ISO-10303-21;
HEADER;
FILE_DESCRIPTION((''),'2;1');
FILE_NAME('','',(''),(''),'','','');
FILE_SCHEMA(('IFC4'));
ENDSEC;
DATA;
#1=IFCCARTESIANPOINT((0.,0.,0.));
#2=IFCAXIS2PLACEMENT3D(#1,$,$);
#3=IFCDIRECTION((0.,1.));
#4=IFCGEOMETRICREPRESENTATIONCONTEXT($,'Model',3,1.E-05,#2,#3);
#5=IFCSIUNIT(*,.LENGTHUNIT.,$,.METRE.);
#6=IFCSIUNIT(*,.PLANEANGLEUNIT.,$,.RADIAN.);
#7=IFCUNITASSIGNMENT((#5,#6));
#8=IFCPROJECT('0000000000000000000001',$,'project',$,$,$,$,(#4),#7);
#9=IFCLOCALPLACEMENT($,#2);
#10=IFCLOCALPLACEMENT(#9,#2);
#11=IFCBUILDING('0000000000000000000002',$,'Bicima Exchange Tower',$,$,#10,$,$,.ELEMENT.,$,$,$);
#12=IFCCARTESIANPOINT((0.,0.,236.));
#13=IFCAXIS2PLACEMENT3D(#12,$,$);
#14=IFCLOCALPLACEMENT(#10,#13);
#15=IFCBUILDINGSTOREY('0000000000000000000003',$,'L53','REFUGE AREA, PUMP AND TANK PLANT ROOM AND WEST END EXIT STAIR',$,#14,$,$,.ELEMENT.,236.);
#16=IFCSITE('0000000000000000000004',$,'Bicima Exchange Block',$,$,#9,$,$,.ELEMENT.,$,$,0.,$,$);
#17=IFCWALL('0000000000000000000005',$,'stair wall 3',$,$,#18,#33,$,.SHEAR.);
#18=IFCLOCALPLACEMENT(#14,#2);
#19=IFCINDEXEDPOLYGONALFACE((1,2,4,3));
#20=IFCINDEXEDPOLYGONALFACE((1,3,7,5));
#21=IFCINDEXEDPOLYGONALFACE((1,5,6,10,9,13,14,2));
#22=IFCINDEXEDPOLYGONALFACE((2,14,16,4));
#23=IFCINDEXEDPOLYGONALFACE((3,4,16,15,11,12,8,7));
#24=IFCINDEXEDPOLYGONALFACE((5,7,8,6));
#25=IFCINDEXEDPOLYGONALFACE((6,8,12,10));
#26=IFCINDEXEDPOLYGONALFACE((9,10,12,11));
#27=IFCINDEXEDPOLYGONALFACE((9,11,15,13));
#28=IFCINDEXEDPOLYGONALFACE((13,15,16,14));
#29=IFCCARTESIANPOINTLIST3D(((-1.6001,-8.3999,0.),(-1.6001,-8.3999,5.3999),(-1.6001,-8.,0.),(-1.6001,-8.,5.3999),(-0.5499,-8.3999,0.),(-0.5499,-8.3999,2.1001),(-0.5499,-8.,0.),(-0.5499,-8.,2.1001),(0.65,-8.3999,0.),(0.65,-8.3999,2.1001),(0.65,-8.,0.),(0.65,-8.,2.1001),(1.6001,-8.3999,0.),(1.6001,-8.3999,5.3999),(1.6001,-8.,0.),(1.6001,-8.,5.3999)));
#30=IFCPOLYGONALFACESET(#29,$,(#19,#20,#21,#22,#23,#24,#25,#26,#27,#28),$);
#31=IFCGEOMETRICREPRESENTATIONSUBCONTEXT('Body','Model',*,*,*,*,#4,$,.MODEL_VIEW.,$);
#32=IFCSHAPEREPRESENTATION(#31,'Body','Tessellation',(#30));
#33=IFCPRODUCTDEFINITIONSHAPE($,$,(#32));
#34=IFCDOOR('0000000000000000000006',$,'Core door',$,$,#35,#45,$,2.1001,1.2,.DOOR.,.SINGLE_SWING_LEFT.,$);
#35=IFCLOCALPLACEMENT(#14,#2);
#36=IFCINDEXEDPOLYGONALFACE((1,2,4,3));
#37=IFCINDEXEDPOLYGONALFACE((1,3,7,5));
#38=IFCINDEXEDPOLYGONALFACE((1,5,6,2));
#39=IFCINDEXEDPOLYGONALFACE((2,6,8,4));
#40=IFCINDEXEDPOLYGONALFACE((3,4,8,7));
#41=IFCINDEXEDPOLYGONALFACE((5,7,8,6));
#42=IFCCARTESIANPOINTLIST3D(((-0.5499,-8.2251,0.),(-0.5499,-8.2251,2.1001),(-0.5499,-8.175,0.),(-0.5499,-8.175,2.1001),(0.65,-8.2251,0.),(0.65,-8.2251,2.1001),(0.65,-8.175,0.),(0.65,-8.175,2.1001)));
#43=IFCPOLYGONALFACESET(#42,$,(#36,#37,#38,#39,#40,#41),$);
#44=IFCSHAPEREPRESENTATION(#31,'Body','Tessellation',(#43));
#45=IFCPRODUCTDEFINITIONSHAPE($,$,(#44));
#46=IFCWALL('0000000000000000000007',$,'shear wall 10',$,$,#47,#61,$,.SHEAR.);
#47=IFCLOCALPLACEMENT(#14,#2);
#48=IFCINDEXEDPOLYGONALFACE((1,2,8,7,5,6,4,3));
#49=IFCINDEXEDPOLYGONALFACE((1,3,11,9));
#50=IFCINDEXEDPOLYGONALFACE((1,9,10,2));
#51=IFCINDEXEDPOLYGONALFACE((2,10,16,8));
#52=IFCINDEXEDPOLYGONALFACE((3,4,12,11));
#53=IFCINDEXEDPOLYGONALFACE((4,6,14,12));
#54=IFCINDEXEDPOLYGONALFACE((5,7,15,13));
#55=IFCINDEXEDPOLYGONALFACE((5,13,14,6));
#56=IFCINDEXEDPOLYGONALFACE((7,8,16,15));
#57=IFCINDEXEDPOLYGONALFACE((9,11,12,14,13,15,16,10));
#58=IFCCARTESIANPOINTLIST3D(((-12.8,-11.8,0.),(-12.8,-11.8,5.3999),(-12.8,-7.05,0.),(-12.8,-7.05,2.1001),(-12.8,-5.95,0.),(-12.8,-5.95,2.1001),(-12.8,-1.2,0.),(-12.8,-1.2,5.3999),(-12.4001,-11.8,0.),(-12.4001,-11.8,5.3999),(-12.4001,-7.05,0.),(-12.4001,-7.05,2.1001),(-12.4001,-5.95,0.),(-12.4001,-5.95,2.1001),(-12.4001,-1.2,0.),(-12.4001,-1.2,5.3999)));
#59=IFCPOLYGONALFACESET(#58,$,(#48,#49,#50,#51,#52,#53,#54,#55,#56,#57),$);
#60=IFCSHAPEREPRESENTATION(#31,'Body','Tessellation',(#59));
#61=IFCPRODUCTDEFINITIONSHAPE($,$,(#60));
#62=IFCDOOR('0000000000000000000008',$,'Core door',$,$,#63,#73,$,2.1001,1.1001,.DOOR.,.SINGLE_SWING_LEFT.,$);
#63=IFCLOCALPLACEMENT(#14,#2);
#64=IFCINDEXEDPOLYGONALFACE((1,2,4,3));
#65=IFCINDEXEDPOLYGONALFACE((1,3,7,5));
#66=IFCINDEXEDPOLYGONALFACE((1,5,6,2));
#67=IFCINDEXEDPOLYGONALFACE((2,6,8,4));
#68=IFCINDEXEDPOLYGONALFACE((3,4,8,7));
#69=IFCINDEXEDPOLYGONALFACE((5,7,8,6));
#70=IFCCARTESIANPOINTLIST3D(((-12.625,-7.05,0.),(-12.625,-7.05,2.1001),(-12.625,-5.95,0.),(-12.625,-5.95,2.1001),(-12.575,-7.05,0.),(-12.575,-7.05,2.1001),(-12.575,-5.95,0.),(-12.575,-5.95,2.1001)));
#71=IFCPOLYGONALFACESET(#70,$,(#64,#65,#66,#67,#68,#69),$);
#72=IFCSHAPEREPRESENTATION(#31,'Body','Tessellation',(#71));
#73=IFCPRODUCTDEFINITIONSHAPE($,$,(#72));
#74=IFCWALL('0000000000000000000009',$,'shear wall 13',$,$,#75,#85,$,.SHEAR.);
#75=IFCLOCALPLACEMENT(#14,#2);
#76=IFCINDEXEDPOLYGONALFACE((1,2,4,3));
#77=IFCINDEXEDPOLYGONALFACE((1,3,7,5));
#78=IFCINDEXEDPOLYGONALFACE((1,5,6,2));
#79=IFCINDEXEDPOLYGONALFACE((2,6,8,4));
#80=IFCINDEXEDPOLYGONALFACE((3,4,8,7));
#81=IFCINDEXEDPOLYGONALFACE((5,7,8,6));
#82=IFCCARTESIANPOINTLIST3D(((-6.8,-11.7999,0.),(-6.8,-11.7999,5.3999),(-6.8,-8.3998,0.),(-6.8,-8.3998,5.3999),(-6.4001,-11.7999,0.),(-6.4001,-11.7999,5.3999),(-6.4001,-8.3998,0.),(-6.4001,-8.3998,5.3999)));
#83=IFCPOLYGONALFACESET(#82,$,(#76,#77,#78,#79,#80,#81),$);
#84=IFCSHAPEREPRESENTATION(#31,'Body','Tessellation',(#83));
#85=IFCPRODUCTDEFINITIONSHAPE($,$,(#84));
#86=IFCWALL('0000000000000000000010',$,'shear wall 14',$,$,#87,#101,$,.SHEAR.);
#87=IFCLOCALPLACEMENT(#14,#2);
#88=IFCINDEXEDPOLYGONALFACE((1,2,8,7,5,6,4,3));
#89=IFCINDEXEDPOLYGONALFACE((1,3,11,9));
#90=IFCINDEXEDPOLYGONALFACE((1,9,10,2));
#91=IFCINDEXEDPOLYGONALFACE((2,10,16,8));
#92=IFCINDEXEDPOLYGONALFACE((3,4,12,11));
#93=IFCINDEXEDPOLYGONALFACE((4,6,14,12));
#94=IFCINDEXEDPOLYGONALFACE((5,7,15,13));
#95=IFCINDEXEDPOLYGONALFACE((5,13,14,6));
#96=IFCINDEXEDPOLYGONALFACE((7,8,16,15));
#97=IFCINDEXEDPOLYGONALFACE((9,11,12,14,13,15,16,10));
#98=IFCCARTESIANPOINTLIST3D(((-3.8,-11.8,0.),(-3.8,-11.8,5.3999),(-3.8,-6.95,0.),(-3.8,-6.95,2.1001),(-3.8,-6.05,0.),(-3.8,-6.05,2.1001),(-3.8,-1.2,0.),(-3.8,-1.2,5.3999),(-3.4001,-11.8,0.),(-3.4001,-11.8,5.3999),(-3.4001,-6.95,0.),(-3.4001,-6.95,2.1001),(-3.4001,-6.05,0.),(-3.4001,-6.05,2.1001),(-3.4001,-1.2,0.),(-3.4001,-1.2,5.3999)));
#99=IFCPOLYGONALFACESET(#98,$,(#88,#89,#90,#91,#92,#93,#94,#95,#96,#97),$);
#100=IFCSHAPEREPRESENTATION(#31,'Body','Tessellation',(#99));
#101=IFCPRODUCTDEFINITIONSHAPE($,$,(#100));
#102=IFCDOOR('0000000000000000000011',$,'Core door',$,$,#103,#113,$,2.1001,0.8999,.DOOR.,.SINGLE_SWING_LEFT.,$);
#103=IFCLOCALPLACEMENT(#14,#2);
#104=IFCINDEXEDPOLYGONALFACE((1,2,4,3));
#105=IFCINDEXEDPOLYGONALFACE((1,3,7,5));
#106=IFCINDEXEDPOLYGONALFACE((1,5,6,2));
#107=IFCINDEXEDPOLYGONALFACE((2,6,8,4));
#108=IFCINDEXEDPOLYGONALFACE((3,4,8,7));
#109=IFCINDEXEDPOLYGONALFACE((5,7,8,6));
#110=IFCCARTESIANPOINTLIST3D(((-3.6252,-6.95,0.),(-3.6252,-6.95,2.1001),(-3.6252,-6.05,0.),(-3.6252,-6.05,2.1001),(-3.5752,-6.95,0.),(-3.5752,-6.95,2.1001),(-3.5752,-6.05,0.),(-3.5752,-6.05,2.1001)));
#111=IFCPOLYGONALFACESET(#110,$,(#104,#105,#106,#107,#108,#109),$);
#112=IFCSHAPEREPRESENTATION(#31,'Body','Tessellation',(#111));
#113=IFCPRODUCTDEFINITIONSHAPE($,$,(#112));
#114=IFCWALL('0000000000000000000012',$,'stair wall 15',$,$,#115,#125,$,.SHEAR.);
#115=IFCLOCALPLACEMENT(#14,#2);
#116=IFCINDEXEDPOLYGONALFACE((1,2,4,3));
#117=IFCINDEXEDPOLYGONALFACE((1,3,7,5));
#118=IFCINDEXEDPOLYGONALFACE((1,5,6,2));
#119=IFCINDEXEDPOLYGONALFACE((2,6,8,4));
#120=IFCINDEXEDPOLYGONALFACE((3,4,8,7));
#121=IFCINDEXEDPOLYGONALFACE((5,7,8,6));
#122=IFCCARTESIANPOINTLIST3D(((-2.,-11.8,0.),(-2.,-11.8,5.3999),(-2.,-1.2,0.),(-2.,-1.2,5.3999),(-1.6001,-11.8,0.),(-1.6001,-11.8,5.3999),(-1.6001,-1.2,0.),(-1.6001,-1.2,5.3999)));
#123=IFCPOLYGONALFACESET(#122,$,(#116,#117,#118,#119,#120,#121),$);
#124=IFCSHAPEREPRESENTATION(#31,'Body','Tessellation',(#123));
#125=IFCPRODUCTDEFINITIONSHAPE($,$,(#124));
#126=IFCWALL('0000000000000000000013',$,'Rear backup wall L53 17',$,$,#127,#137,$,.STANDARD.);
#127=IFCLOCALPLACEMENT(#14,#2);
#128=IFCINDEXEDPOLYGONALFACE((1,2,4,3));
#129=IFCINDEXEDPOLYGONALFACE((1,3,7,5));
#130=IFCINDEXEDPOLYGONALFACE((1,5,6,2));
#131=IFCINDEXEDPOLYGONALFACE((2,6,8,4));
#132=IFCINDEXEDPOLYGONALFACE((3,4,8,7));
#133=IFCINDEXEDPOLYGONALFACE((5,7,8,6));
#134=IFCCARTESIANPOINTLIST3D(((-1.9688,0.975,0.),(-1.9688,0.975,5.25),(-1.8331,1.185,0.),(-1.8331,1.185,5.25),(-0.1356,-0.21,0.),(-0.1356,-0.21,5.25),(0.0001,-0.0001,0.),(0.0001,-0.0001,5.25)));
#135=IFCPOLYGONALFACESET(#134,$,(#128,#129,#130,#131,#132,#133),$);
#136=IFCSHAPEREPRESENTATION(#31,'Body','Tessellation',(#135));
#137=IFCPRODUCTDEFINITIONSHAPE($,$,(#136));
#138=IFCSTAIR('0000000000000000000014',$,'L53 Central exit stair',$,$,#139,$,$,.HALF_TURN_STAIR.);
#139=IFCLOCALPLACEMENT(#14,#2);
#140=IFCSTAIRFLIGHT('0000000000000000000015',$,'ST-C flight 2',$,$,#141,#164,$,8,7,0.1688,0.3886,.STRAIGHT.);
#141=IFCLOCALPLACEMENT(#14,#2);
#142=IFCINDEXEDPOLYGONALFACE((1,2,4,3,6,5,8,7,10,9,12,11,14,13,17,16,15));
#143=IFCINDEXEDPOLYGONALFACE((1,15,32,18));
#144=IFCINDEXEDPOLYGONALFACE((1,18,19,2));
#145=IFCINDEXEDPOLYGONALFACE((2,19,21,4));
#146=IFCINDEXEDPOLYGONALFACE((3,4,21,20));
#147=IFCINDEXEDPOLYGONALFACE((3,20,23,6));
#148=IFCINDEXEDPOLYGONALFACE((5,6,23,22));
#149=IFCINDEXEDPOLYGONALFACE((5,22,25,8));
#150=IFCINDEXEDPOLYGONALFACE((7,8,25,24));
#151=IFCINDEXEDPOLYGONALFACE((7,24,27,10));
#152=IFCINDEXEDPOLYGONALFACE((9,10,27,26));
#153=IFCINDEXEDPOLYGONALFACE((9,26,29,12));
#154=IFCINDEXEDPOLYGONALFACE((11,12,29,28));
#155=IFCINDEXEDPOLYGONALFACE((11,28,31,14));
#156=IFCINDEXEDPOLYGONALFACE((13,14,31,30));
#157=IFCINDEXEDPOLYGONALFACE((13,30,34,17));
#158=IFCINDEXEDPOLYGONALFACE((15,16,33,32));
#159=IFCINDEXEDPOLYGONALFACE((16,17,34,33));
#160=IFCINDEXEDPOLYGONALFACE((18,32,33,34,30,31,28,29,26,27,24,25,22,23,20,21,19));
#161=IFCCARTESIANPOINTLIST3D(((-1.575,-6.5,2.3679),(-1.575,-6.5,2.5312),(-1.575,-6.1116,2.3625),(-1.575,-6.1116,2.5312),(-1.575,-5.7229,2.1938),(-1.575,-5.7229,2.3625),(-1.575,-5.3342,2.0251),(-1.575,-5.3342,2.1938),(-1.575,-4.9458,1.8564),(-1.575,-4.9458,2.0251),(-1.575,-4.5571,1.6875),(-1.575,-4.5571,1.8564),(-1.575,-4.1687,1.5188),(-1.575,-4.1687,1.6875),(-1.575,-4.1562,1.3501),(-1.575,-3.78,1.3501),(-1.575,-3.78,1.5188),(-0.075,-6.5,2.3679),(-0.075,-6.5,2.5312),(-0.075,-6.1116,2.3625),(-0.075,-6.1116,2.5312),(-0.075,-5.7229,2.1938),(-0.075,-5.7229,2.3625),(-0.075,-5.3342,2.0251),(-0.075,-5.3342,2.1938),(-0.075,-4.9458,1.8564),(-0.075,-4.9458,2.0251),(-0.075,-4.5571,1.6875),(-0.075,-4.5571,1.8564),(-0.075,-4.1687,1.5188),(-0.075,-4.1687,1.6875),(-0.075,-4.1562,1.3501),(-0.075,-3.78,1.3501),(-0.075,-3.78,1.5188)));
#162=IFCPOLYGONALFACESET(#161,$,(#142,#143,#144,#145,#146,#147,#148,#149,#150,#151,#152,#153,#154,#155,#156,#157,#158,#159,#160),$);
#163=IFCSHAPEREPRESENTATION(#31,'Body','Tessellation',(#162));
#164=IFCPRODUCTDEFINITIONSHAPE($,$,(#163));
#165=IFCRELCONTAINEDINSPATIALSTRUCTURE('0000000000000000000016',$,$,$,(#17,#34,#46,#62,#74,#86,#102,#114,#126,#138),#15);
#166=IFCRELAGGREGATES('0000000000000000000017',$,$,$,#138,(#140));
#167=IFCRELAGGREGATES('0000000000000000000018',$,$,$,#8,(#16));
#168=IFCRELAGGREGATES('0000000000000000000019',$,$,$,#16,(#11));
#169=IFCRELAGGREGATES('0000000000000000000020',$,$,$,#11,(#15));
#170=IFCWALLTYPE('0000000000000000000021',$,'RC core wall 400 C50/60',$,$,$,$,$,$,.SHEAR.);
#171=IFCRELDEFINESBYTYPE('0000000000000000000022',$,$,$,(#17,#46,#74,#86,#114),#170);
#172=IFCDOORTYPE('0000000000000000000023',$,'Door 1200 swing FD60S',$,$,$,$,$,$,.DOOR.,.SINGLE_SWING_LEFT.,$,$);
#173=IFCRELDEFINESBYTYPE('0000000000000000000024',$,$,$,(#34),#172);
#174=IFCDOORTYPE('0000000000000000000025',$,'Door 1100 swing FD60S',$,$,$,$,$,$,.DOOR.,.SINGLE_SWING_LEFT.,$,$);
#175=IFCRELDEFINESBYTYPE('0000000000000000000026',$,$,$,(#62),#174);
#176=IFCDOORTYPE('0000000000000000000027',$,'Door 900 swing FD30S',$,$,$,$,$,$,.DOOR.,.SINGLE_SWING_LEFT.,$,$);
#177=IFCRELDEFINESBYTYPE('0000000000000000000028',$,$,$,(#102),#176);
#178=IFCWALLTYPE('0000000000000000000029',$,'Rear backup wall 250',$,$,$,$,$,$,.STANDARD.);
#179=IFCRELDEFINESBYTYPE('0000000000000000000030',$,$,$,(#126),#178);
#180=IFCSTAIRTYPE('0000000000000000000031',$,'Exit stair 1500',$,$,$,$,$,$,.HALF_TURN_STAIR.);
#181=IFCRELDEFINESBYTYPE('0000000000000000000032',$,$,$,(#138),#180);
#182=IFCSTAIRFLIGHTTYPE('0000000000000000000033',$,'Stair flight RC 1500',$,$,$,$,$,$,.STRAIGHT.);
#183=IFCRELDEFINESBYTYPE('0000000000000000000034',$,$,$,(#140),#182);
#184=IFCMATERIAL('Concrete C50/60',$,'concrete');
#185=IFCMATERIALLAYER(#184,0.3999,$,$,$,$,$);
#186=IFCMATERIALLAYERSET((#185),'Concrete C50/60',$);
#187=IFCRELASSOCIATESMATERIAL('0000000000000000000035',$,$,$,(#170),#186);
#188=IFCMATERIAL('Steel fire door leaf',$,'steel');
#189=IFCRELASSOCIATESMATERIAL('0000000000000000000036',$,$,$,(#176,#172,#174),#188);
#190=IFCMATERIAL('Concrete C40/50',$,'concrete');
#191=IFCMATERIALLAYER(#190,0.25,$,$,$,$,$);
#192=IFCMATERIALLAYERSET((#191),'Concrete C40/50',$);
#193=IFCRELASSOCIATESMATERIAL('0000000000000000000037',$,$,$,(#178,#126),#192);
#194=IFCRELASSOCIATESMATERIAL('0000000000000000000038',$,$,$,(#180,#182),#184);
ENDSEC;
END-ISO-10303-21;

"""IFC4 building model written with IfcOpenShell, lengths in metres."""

from ifc_helpers import new_model, si_unit, direction, frame, frame_2d, origin, place, context, subcontext, project, spatial, polyline, rectangle, outline, extrude, material, layer, layer_set, layer_usage, type_object, element, fill, aggregate, save


model = new_model("IFC4")

# Units and contexts
model_context = context("Model", 3, precision=1e-05, world=origin(), true_north=direction((0.0, 1.0)))
body_context = subcontext(model_context, "Body", "Model", "MODEL_VIEW")
ifc_project = project(units=[si_unit("LENGTHUNIT", "METRE"), si_unit("PLANEANGLEUNIT", "RADIAN")], contexts=[model_context])

# Site, building, storey
site_placement = place(None, origin())
site = spatial("IfcSite", under=ifc_project, at=site_placement, Name="Bicima Exchange Block", CompositionType="ELEMENT", RefElevation=0.0)
building_placement = place(site_placement, origin())
building = spatial("IfcBuilding", under=site, at=building_placement, Name="Bicima Exchange Tower", CompositionType="ELEMENT")
storey_placement = place(building_placement, frame((0.0, 0.0, 236.0)))
storey = spatial("IfcBuildingStorey", under=building, at=storey_placement, Name="L53", Description="REFUGE AREA, PUMP AND TANK PLANT ROOM AND WEST END EXIT STAIR", CompositionType="ELEMENT", Elevation=236.0)

# Shared definitions
ifc_material_1 = material(Name="Concrete C40/50", Category="concrete")

# Shared definitions
ifc_material_2 = material(Name="Concrete C50/60", Category="concrete")
ifc_layer_1 = layer(ifc_material_2, 0.3999)
ifc_layer_set_1 = layer_set([ifc_layer_1], Name="Concrete C50/60")
wall_type_1 = type_object("IfcWallType", Name="RC core wall 400 C50/60", PredefinedType="SHEAR", material=ifc_layer_set_1)
ifc_material_3 = material(Name="Steel fire door leaf", Category="steel")
door_type_1 = type_object("IfcDoorType", Name="Door 900 swing FD30S", OperationType="SINGLE_SWING_LEFT", PredefinedType="DOOR", material=ifc_material_3)

# Walls, openings, doors
wall_1_placement = place(storey_placement, frame((-1.6001, -8.2, 0.0), z_axis=(0.0, 0.0, 1.0), x_axis=(1.0, 0.0, 0.0)))
wall_1 = element("IfcWall", 1, at=wall_1_placement, inside=storey, type_object=wall_type_1, Name="stair wall 3", PredefinedType="SHEAR", context=body_context, shape_type="SweptSolid", body=[
    extrude(rectangle(XDim=3.2002, YDim=0.3999, at=frame_2d((1.6001, 0.0))), origin(), (0.0, 0.0, 1.0), 5.3999),
])
opening_1_placement = place(wall_1_placement, frame((1.05, 0.0, 0.0)))
opening_1 = element("IfcOpeningElement", 2, at=opening_1_placement, cuts=wall_1, PredefinedType="OPENING", context=body_context, shape_type="SweptSolid", body=[
    extrude(rectangle(XDim=1.2, YDim=2.1001, at=frame_2d((0.6001, 1.05))), frame((0.0, 0.2119, 0.0), z_axis=(0.0, -1.0, 0.0), x_axis=(1.0, 0.0, 0.0)), (0.0, 0.0, 1.0), 0.4238),
])
door_type_2 = type_object("IfcDoorType", Name="Door 1200 swing FD60S", OperationType="SINGLE_SWING_LEFT", PredefinedType="DOOR", material=ifc_material_3)
door_1_placement = place(opening_1_placement, origin())
door_1 = element("IfcDoor", 3, at=door_1_placement, inside=storey, type_object=door_type_2, Name="Core door", OperationType="SINGLE_SWING_LEFT", OverallHeight=2.1001, OverallWidth=1.2, PredefinedType="DOOR", context=body_context, shape_type="SweptSolid", body=[
    extrude(rectangle(XDim=1.2, YDim=2.1001, at=frame_2d((0.6001, 1.05))), frame((0.0, 0.0249, 0.0), z_axis=(0.0, -1.0, 0.0), x_axis=(1.0, 0.0, 0.0)), (0.0, 0.0, 1.0), 0.05),
])
fill(opening_1, door_1)
wall_2_placement = place(storey_placement, frame((-12.6001, -11.8, 0.0), z_axis=(0.0, 0.0, 1.0), x_axis=(0.0, 1.0, 0.0)))
wall_2 = element("IfcWall", 4, at=wall_2_placement, inside=storey, type_object=wall_type_1, Name="shear wall 10", PredefinedType="SHEAR", context=body_context, shape_type="SweptSolid", body=[
    extrude(rectangle(XDim=10.6001, YDim=0.3999, at=frame_2d((5.3, 0.0))), origin(), (0.0, 0.0, 1.0), 5.3999),
])
opening_2_placement = place(wall_2_placement, frame((4.75, 0.0, 0.0)))
opening_2 = element("IfcOpeningElement", 5, at=opening_2_placement, cuts=wall_2, PredefinedType="OPENING", context=body_context, shape_type="SweptSolid", body=[
    extrude(rectangle(XDim=1.1001, YDim=2.1001, at=frame_2d((0.55, 1.05))), frame((0.0, 0.2119, 0.0), z_axis=(0.0, -1.0, 0.0), x_axis=(1.0, 0.0, 0.0)), (0.0, 0.0, 1.0), 0.4238),
])
door_type_3 = type_object("IfcDoorType", Name="Door 1100 swing FD60S", OperationType="SINGLE_SWING_LEFT", PredefinedType="DOOR", material=ifc_material_3)
door_2_placement = place(opening_2_placement, origin())
door_2 = element("IfcDoor", 6, at=door_2_placement, inside=storey, type_object=door_type_3, Name="Core door", OperationType="SINGLE_SWING_LEFT", OverallHeight=2.1001, OverallWidth=1.1001, PredefinedType="DOOR", context=body_context, shape_type="SweptSolid", body=[
    extrude(rectangle(XDim=1.1001, YDim=2.1001, at=frame_2d((0.55, 1.05))), frame((0.0, 0.0249, 0.0), z_axis=(0.0, -1.0, 0.0), x_axis=(1.0, 0.0, 0.0)), (0.0, 0.0, 1.0), 0.05),
])
fill(opening_2, door_2)

# Wall
wall_3_placement = place(storey_placement, frame((-6.6001, -11.8, 0.0), z_axis=(0.0, 0.0, 1.0), x_axis=(0.0, 1.0, 0.0)))
element("IfcWall", 7, at=wall_3_placement, inside=storey, type_object=wall_type_1, Name="shear wall 13", PredefinedType="SHEAR", context=body_context, shape_type="SweptSolid", body=[
    extrude(rectangle(XDim=3.4001, YDim=0.3999, at=frame_2d((1.7002, 0.0))), origin(), (0.0, 0.0, 1.0), 5.3999),
])

# Wall, opening, door
wall_4_placement = place(storey_placement, frame((-3.6001, -11.8, 0.0), z_axis=(0.0, 0.0, 1.0), x_axis=(0.0, 1.0, 0.0)))
wall_4 = element("IfcWall", 8, at=wall_4_placement, inside=storey, type_object=wall_type_1, Name="shear wall 14", PredefinedType="SHEAR", context=body_context, shape_type="SweptSolid", body=[
    extrude(rectangle(XDim=10.6001, YDim=0.3999, at=frame_2d((5.3, 0.0))), origin(), (0.0, 0.0, 1.0), 5.3999),
])
opening_3_placement = place(wall_4_placement, frame((4.8501, 0.0, 0.0)))
opening_3 = element("IfcOpeningElement", 9, at=opening_3_placement, cuts=wall_4, PredefinedType="OPENING", context=body_context, shape_type="SweptSolid", body=[
    extrude(rectangle(XDim=0.8999, YDim=2.1001, at=frame_2d((0.45, 1.05))), frame((0.0, 0.2119, 0.0), z_axis=(0.0, -1.0, 0.0), x_axis=(1.0, 0.0, 0.0)), (0.0, 0.0, 1.0), 0.4238),
])
door_3_placement = place(opening_3_placement, frame((0.8999, 0.0, 0.0), z_axis=(0.0, 0.0, 1.0), x_axis=(-1.0, 0.0, 0.0)))
door_3 = element("IfcDoor", 10, at=door_3_placement, inside=storey, type_object=door_type_1, Name="Core door", OperationType="SINGLE_SWING_LEFT", OverallHeight=2.1001, OverallWidth=0.8999, PredefinedType="DOOR", context=body_context, shape_type="SweptSolid", body=[
    extrude(rectangle(XDim=0.8999, YDim=2.1001, at=frame_2d((0.45, 1.05))), frame((0.0, 0.0249, 0.0), z_axis=(0.0, -1.0, 0.0), x_axis=(1.0, 0.0, 0.0)), (0.0, 0.0, 1.0), 0.05),
])
fill(opening_3, door_3)

# Walls
wall_5_placement = place(storey_placement, frame((-1.8, -11.8, 0.0), z_axis=(0.0, 0.0, 1.0), x_axis=(0.0, 1.0, 0.0)))
element("IfcWall", 11, at=wall_5_placement, inside=storey, type_object=wall_type_1, Name="stair wall 15", PredefinedType="SHEAR", context=body_context, shape_type="SweptSolid", body=[
    extrude(rectangle(XDim=10.6001, YDim=0.3999, at=frame_2d((5.3, 0.0))), origin(), (0.0, 0.0, 1.0), 5.3999),
])
ifc_layer_2 = layer(ifc_material_1, 0.25)
ifc_layer_set_2 = layer_set([ifc_layer_2], Name="Concrete C40/50")
ifc_layer_usage = layer_usage(ifc_layer_set_2, "AXIS2", "POSITIVE", -0.125)
wall_type_2 = type_object("IfcWallType", Name="Rear backup wall 250", PredefinedType="STANDARD", material=ifc_layer_set_2)
wall_6_placement = place(storey_placement, frame((-0.0679, -0.105, 0.0), z_axis=(0.0, 0.0, 1.0), x_axis=(-0.839813, 0.542876, 0.0)))
element("IfcWall", 12, at=wall_6_placement, inside=storey, type_object=wall_type_2, material=ifc_layer_usage, Name="Rear backup wall L53 17", PredefinedType="STANDARD", context=body_context, shape_type="SweptSolid", body=[
    extrude(rectangle(XDim=2.1829, YDim=0.25, at=frame_2d((1.0913, 0.0))), origin(), (0.0, 0.0, 1.0), 5.25),
])

# Stair, stair flight
stair_type = type_object("IfcStairType", Name="Exit stair 1500", PredefinedType="HALF_TURN_STAIR", material=ifc_material_2)
stair_placement = place(storey_placement, origin())
stair = element("IfcStair", 13, at=stair_placement, inside=storey, type_object=stair_type, Name="L53 Central exit stair", PredefinedType="HALF_TURN_STAIR")
stair_flight_type = type_object("IfcStairFlightType", Name="Stair flight RC 1500", PredefinedType="STRAIGHT", material=ifc_material_2)
stair_flight_1_placement = place(storey_placement, frame((-0.825, -3.78, 1.3501), z_axis=(0.0, 0.0, 1.0), x_axis=(0.0, -1.0, 0.0)))
stair_flight_1 = element("IfcStairFlight", 14, at=stair_flight_1_placement, type_object=stair_flight_type, Name="ST-C flight 2", NumberOfRisers=8, NumberOfTreads=7, PredefinedType="STRAIGHT", RiserHeight=0.1688, TreadLength=0.3886, context=body_context, shape_type="SweptSolid", body=[
    extrude(outline(polyline([(0.0, 0.0), (0.0, 0.1687), (0.3887, 0.1687), (0.3887, 0.3374), (0.7771, 0.3374), (0.7771, 0.5063), (1.1658, 0.5063), (1.1658, 0.675), (1.5542, 0.675), (1.5542, 0.8438), (1.9429, 0.8438), (1.9429, 1.0125), (2.3315, 1.0125), (2.3315, 1.1812), (2.72, 1.1812), (2.72, 1.3501), (2.72, 1.0178), (0.3762, 0.0), (0.0, 0.0)])), frame((0.0, 0.75, 0.0), z_axis=(0.0, -1.0, 0.0), x_axis=(1.0, 0.0, 0.0)), (0.0, 0.0, 1.0), 1.5),
])
aggregate(stair, [stair_flight_1])

save(model, "model.ifc")
